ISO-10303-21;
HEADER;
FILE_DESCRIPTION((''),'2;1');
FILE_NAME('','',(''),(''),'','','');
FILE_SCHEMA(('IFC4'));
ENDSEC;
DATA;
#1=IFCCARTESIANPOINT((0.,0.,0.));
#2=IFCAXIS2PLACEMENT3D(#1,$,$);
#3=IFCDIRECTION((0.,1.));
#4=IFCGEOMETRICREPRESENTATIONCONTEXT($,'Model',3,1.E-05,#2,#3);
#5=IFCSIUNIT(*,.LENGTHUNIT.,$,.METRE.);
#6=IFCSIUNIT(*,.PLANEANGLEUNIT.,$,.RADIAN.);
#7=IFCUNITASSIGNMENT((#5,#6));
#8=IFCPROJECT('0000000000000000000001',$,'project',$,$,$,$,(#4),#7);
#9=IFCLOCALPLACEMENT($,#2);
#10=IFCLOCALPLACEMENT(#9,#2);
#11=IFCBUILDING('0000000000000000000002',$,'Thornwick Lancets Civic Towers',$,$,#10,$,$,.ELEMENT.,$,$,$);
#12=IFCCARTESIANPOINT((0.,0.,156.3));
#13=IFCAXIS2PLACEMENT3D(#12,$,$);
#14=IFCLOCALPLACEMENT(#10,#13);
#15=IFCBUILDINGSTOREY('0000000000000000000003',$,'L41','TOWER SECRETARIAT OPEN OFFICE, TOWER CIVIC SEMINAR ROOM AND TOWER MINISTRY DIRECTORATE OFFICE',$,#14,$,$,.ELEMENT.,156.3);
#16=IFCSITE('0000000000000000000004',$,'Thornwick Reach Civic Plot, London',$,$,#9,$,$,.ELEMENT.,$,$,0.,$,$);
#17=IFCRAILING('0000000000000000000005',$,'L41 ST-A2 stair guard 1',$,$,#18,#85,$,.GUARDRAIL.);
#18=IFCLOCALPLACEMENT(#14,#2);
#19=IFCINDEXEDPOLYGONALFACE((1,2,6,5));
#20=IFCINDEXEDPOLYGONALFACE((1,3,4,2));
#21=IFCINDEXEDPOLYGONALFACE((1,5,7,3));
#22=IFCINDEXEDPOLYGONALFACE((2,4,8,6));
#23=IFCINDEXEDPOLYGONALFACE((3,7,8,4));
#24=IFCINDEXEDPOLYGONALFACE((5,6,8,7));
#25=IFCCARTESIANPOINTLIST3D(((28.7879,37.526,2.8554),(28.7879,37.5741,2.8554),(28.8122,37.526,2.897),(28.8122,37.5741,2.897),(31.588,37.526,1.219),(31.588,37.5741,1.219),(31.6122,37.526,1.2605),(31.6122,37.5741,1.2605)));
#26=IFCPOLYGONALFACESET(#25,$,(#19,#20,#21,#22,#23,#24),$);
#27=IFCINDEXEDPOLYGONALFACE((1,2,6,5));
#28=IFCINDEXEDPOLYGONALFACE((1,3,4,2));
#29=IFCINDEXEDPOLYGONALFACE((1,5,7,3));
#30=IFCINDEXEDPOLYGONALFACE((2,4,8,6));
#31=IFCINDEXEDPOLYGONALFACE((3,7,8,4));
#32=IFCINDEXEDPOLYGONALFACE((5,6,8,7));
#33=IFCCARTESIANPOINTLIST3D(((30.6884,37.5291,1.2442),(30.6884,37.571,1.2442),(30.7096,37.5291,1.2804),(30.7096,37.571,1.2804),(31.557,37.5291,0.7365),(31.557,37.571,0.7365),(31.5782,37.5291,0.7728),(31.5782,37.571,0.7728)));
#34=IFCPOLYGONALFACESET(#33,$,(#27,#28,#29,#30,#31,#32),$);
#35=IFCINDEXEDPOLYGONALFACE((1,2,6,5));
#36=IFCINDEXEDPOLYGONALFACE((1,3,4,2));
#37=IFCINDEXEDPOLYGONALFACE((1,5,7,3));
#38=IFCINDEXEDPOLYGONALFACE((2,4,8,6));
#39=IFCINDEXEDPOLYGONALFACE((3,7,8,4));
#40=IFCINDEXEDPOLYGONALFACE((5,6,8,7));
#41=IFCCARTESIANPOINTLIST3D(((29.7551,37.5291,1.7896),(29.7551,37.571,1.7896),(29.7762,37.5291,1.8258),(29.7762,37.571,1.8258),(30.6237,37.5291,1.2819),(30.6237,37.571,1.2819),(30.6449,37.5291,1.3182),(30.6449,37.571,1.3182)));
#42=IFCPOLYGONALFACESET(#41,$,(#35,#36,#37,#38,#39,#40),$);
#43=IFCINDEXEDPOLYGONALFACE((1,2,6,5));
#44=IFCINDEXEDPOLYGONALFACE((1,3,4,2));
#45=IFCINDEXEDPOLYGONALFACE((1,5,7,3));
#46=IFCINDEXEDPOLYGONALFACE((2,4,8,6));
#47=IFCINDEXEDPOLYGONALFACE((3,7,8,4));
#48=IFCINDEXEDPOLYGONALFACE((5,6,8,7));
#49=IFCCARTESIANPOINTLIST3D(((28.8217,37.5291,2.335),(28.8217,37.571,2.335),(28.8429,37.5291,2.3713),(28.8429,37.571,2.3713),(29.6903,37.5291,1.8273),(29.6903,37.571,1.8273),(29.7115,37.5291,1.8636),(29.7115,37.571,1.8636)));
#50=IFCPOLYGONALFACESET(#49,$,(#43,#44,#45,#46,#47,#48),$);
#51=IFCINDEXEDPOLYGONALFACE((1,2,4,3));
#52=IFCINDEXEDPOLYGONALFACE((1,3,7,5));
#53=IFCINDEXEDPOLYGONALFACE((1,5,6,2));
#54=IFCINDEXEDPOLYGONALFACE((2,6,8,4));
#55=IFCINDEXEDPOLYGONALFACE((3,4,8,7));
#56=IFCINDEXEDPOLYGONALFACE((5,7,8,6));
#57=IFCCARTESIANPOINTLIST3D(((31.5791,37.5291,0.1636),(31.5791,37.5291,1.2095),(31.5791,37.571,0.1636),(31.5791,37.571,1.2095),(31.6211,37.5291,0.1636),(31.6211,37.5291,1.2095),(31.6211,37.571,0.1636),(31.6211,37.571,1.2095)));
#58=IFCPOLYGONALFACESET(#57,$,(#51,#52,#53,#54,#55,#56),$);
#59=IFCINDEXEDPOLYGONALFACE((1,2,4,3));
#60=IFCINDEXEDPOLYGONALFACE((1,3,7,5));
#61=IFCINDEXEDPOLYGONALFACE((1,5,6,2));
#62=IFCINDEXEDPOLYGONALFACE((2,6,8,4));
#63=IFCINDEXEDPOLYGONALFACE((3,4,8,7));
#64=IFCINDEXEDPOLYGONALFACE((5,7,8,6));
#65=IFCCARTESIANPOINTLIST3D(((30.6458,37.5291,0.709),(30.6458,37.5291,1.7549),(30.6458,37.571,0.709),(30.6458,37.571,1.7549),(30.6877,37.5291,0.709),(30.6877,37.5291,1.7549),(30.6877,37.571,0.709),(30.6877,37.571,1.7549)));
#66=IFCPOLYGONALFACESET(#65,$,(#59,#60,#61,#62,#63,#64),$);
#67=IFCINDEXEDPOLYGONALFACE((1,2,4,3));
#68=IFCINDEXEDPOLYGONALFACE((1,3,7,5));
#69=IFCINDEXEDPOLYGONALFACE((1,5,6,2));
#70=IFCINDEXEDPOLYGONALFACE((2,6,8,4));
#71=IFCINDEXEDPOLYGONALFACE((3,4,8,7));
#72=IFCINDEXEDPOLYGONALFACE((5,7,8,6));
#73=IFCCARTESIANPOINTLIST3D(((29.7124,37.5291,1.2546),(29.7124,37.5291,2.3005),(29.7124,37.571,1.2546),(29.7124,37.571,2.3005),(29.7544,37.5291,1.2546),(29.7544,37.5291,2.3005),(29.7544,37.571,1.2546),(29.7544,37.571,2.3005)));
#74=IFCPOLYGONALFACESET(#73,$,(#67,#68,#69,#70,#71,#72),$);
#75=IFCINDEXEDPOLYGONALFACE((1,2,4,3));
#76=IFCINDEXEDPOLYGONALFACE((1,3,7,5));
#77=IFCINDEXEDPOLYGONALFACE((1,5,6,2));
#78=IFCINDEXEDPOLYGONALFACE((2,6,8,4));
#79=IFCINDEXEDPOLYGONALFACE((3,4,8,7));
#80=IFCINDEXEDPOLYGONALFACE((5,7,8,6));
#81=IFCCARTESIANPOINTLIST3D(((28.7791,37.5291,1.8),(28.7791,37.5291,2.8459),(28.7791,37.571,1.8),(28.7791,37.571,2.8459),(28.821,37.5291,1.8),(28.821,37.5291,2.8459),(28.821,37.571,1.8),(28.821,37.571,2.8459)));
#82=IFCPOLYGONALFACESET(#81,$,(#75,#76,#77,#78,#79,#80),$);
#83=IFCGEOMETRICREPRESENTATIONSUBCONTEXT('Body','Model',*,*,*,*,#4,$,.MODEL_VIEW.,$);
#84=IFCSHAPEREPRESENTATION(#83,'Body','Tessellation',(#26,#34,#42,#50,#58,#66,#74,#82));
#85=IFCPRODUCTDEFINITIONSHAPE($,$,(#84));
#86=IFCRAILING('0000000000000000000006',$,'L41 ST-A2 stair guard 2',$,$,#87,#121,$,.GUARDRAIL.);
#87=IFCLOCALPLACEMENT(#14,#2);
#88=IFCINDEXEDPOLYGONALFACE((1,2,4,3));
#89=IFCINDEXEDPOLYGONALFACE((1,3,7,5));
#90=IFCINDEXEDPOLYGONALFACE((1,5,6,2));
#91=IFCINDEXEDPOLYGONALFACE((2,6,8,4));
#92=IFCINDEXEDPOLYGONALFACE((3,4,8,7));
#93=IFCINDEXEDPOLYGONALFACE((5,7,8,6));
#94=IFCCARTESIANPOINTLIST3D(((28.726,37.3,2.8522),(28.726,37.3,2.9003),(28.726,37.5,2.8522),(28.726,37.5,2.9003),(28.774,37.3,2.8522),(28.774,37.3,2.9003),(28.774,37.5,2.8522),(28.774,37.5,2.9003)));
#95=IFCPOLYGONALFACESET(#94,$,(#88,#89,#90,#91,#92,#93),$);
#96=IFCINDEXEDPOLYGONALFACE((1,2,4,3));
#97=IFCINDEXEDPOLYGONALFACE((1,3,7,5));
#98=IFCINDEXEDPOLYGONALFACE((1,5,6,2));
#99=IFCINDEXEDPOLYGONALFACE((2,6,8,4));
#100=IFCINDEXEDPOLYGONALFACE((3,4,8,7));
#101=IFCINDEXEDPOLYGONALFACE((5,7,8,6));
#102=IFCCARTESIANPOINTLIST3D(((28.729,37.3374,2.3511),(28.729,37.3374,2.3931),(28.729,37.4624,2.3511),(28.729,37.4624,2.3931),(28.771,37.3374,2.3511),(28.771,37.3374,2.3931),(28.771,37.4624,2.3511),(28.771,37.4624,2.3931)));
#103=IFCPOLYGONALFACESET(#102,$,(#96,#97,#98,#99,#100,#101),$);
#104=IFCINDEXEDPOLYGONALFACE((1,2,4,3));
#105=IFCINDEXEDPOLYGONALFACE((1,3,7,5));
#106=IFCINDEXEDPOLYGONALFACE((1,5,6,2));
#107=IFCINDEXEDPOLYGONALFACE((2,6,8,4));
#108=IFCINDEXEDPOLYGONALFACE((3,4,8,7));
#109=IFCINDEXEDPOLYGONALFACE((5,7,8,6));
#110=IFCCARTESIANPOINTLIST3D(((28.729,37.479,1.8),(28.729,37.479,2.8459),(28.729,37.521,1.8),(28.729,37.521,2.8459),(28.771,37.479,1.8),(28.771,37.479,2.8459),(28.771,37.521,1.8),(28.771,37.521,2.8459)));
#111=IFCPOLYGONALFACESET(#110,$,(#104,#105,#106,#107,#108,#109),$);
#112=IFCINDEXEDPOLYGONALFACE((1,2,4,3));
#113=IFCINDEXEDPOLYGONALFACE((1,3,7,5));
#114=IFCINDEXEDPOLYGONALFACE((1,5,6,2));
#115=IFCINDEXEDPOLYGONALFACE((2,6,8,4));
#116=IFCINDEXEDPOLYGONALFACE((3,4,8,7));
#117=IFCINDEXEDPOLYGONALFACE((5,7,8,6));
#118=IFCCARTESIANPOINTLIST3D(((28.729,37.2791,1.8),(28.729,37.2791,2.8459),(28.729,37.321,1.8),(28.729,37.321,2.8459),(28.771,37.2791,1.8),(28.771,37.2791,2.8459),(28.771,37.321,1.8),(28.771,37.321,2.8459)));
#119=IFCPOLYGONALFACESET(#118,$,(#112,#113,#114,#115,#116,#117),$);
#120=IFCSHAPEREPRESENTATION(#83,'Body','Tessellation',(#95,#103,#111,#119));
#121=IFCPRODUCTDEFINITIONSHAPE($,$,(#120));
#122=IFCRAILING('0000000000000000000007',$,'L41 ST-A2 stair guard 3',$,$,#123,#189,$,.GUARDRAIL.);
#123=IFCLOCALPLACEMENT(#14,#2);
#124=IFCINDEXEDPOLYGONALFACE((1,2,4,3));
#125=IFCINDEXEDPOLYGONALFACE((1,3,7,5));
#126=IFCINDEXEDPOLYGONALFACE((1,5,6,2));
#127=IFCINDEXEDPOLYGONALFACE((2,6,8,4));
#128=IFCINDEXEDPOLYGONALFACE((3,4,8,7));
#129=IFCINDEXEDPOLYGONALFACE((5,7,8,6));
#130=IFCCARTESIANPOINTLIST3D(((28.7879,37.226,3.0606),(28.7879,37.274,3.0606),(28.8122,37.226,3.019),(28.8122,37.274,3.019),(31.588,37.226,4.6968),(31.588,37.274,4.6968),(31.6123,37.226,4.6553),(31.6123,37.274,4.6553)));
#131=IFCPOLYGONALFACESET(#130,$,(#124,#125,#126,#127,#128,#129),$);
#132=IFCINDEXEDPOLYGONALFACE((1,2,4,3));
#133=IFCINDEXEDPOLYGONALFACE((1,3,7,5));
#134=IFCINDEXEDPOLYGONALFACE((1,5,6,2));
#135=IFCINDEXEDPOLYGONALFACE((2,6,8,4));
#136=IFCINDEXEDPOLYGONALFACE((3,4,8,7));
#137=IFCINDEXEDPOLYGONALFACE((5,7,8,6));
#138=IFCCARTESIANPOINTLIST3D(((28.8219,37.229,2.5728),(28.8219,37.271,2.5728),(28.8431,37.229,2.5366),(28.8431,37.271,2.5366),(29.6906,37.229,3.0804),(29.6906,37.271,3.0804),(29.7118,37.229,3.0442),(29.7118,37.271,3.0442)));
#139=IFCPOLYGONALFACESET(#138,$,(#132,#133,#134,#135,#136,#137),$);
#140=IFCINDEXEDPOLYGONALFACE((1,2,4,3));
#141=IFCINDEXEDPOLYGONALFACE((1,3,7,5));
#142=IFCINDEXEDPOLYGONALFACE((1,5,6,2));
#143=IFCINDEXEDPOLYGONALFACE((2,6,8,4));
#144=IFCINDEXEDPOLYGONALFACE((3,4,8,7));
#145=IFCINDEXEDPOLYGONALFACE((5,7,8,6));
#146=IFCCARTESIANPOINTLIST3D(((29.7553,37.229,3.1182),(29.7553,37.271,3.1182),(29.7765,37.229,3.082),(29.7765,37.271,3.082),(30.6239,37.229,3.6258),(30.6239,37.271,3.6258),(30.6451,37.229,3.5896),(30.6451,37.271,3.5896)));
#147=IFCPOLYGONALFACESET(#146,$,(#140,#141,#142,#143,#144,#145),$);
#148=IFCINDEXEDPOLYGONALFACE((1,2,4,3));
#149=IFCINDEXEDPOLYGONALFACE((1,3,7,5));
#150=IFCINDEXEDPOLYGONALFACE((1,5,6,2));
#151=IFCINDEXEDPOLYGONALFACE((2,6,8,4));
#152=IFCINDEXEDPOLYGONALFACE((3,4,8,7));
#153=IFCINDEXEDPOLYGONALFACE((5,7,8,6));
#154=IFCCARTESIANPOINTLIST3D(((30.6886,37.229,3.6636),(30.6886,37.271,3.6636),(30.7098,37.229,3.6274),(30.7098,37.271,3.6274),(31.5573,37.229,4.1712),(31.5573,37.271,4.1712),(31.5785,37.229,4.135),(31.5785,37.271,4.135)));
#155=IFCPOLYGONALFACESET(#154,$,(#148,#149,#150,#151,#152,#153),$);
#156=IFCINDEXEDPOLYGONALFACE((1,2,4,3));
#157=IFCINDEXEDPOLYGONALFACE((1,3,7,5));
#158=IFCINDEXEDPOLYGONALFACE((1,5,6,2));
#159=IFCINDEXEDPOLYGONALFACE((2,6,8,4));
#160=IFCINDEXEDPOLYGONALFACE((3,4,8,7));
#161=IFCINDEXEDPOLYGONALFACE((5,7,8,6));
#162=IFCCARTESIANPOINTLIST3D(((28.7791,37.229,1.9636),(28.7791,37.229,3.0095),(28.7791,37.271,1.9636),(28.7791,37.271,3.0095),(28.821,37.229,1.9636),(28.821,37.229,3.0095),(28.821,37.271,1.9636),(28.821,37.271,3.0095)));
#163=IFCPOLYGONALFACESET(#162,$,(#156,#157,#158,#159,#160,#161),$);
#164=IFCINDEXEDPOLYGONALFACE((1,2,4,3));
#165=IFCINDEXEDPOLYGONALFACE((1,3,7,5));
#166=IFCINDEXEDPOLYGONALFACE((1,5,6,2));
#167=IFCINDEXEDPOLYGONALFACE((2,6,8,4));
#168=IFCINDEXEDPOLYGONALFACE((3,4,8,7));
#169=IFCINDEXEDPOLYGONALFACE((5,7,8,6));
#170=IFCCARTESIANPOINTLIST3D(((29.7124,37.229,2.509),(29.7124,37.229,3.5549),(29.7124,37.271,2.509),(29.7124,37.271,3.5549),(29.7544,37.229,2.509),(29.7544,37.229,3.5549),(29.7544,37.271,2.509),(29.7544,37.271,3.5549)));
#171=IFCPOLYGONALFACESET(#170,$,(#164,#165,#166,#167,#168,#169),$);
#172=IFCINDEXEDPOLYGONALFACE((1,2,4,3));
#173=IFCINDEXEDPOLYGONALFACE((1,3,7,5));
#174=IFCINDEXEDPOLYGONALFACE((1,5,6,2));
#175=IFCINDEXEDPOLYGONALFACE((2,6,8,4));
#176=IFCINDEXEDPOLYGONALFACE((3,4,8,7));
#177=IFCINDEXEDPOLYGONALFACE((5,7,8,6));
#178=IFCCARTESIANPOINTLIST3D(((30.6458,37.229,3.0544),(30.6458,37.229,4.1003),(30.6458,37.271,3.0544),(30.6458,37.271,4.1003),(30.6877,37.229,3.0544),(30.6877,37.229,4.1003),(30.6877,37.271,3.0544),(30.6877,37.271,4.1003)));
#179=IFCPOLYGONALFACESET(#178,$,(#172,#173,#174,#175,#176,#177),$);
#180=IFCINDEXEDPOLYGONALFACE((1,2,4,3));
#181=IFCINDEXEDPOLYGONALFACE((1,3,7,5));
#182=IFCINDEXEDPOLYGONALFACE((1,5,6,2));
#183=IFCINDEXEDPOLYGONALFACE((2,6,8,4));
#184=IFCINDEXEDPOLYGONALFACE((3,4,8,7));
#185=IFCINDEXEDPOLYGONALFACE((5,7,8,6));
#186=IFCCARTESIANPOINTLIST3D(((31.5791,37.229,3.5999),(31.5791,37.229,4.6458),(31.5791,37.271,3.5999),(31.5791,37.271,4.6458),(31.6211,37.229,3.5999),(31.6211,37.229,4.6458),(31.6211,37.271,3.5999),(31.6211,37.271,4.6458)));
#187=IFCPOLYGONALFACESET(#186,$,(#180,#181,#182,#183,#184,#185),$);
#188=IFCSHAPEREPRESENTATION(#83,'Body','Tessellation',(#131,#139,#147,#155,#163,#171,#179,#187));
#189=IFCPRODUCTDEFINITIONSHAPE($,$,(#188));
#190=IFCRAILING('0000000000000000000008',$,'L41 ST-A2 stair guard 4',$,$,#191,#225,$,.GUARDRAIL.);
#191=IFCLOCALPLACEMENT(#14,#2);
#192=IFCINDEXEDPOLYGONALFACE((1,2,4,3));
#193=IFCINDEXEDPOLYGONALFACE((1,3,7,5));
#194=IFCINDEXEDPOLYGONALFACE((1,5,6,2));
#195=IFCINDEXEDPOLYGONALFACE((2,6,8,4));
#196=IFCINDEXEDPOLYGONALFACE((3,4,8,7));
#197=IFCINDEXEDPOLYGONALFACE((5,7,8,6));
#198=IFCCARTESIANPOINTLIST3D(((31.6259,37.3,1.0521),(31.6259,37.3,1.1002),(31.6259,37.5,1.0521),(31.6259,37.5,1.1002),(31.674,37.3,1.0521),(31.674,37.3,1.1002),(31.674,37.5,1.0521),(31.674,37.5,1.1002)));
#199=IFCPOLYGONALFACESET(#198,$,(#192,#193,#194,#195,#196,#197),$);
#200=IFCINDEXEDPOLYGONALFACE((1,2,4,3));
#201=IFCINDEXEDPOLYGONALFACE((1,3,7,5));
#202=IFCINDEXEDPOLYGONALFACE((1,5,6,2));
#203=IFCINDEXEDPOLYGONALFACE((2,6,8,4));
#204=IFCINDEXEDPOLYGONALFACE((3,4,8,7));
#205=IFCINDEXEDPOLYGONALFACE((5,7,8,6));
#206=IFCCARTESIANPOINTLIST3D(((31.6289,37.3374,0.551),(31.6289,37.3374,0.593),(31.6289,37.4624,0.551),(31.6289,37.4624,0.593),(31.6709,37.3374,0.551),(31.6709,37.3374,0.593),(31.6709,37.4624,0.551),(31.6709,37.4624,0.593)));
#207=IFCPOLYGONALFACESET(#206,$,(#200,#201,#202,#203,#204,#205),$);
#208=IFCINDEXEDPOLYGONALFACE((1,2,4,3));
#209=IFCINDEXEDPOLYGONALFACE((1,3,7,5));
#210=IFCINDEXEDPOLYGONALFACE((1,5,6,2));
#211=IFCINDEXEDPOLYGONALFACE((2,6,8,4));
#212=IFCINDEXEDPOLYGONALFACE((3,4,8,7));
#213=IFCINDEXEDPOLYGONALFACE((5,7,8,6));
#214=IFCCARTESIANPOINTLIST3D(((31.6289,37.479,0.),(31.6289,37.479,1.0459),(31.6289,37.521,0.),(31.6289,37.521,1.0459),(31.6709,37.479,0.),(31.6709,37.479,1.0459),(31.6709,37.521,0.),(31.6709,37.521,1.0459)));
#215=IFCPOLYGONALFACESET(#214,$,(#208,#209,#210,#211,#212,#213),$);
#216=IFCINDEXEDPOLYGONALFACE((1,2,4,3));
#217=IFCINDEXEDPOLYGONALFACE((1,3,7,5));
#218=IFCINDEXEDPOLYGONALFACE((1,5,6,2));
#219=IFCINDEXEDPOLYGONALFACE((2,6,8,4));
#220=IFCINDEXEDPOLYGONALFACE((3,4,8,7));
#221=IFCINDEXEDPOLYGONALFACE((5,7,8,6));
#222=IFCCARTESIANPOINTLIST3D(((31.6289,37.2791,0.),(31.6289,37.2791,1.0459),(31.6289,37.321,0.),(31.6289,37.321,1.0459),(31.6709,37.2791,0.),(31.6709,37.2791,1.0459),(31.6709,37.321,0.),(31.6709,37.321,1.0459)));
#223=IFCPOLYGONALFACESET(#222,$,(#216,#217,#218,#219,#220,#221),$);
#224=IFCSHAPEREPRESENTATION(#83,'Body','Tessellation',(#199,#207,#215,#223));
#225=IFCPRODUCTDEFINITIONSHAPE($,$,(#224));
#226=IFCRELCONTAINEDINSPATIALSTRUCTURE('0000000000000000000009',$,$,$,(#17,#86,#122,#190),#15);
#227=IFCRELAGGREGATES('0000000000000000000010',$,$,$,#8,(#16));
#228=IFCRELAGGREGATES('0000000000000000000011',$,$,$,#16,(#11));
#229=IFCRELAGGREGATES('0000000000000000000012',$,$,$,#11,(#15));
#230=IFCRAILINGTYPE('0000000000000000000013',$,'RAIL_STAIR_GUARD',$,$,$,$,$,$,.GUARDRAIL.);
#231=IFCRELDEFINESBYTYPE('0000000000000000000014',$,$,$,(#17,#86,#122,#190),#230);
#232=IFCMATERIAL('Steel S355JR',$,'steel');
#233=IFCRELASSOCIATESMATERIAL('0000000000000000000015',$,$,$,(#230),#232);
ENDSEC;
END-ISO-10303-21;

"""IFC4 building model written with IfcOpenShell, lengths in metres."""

from ifc_helpers import new_model, si_unit, direction, frame, origin, origin_2d, place, context, subcontext, project, spatial, rectangle, extrude, material, type_object, element, save


model = new_model("IFC4")

# Units and contexts
model_context = context("Model", 3, precision=1e-05, world=origin(), true_north=direction((0.0, 1.0)))
body_context = subcontext(model_context, "Body", "Model", "MODEL_VIEW")
ifc_project = project(units=[si_unit("LENGTHUNIT", "METRE"), si_unit("PLANEANGLEUNIT", "RADIAN")], contexts=[model_context])

# Site, building, storey
site_placement = place(None, origin())
site = spatial("IfcSite", under=ifc_project, at=site_placement, Name="Thornwick Reach Civic Plot, London", CompositionType="ELEMENT", RefElevation=0.0)
building_placement = place(site_placement, origin())
building = spatial("IfcBuilding", under=site, at=building_placement, Name="Thornwick Lancets Civic Towers", CompositionType="ELEMENT")
storey_placement = place(building_placement, frame((0.0, 0.0, 156.3)))
storey = spatial("IfcBuildingStorey", under=building, at=storey_placement, Name="L41", Description="TOWER SECRETARIAT OPEN OFFICE, TOWER CIVIC SEMINAR ROOM AND TOWER MINISTRY DIRECTORATE OFFICE", CompositionType="ELEMENT", Elevation=156.3)

# Shared definitions
ifc_material_1 = material(Name="Steel S355JR", Category="steel")

# Railings
railing_type_1 = type_object("IfcRailingType", Name="RAIL_STAIR_GUARD", PredefinedType="GUARDRAIL", material=ifc_material_1)
railing_1_placement = place(storey_placement, frame((31.6001, 37.55, 0.1636)))
element("IfcRailing", 1, at=railing_1_placement, inside=storey, type_object=railing_type_1, Name="L41 ST-A2 stair guard 1", PredefinedType="GUARDRAIL", context=body_context, shape_type="SweptSolid", body=[
    extrude(rectangle(XDim=0.0481, YDim=0.0481, at=origin_2d()), frame((0.0, 0.0, 1.0762), z_axis=(-0.863361, 0.0, 0.504587), x_axis=(0.0, -1.0, 0.0)), (0.0, 0.0, 1.0), 3.2432),
    extrude(rectangle(XDim=0.042, YDim=0.042, at=origin_2d()), frame((-0.0325, 0.0, 0.5911), z_axis=(-0.863361, 0.0, 0.504587), x_axis=(0.0, -1.0, 0.0)), (0.0, 0.0, 1.0), 1.0061),
    extrude(rectangle(XDim=0.042, YDim=0.042, at=origin_2d()), frame((-0.9658, 0.0, 1.1365), z_axis=(-0.863361, 0.0, 0.504587), x_axis=(0.0, -1.0, 0.0)), (0.0, 0.0, 1.0), 1.0061),
    extrude(rectangle(XDim=0.042, YDim=0.042, at=origin_2d()), frame((-1.8992, 0.0, 1.6819), z_axis=(-0.863361, 0.0, 0.504587), x_axis=(0.0, -1.0, 0.0)), (0.0, 0.0, 1.0), 1.0061),
    extrude(rectangle(XDim=0.042, YDim=0.042, at=origin_2d()), origin(), (0.0, 0.0, 1.0), 1.0459),
    extrude(rectangle(XDim=0.042, YDim=0.042, at=origin_2d()), frame((-0.9333, 0.0, 0.5454)), (0.0, 0.0, 1.0), 1.0459),
    extrude(rectangle(XDim=0.042, YDim=0.042, at=origin_2d()), frame((-1.8667, 0.0, 1.0911)), (0.0, 0.0, 1.0), 1.0459),
    extrude(rectangle(XDim=0.042, YDim=0.042, at=origin_2d()), frame((-2.8, 0.0, 1.6365)), (0.0, 0.0, 1.0), 1.0459),
])
railing_2_placement = place(storey_placement, frame((28.75, 37.5, 1.8)))
element("IfcRailing", 2, at=railing_2_placement, inside=storey, type_object=railing_type_1, Name="L41 ST-A2 stair guard 2", PredefinedType="GUARDRAIL", context=body_context, shape_type="SweptSolid", body=[
    extrude(rectangle(XDim=0.0481, YDim=0.0481, at=origin_2d()), frame((0.0, 0.0, 1.0762), z_axis=(0.0, -1.0, 0.0), x_axis=(1.0, 0.0, 0.0)), (0.0, 0.0, 1.0), 0.2),
    extrude(rectangle(XDim=0.042, YDim=0.042, at=origin_2d()), frame((0.0, -0.0376, 0.572), z_axis=(0.0, -1.0, 0.0), x_axis=(1.0, 0.0, 0.0)), (0.0, 0.0, 1.0), 0.125),
    extrude(rectangle(XDim=0.042, YDim=0.042, at=origin_2d()), origin(), (0.0, 0.0, 1.0), 1.0459),
    extrude(rectangle(XDim=0.042, YDim=0.042, at=origin_2d()), frame((0.0, -0.2, 0.0)), (0.0, 0.0, 1.0), 1.0459),
])
railing_3_placement = place(storey_placement, frame((28.8, 37.25, 1.9636)))
element("IfcRailing", 3, at=railing_3_placement, inside=storey, type_object=railing_type_1, Name="L41 ST-A2 stair guard 3", PredefinedType="GUARDRAIL", context=body_context, shape_type="SweptSolid", body=[
    extrude(rectangle(XDim=0.0481, YDim=0.0481, at=origin_2d()), frame((0.0, 0.0, 1.0762), z_axis=(0.863394, 0.0, 0.504531), x_axis=(0.0, 1.0, 0.0)), (0.0, 0.0, 1.0), 3.2432),
    extrude(rectangle(XDim=0.042, YDim=0.042, at=origin_2d()), frame((0.0325, 0.0, 0.5911), z_axis=(0.863394, 0.0, 0.504531), x_axis=(0.0, 1.0, 0.0)), (0.0, 0.0, 1.0), 1.0061),
    extrude(rectangle(XDim=0.042, YDim=0.042, at=origin_2d()), frame((0.9658, 0.0, 1.1365), z_axis=(0.863394, 0.0, 0.504531), x_axis=(0.0, 1.0, 0.0)), (0.0, 0.0, 1.0), 1.0061),
    extrude(rectangle(XDim=0.042, YDim=0.042, at=origin_2d()), frame((1.8992, 0.0, 1.6819), z_axis=(0.863394, 0.0, 0.504531), x_axis=(0.0, 1.0, 0.0)), (0.0, 0.0, 1.0), 1.0061),
    extrude(rectangle(XDim=0.042, YDim=0.042, at=origin_2d()), origin(), (0.0, 0.0, 1.0), 1.0459),
    extrude(rectangle(XDim=0.042, YDim=0.042, at=origin_2d()), frame((0.9333, 0.0, 0.5454)), (0.0, 0.0, 1.0), 1.0459),
    extrude(rectangle(XDim=0.042, YDim=0.042, at=origin_2d()), frame((1.8667, 0.0, 1.0908)), (0.0, 0.0, 1.0), 1.0459),
    extrude(rectangle(XDim=0.042, YDim=0.042, at=origin_2d()), frame((2.8, 0.0, 1.6362)), (0.0, 0.0, 1.0), 1.0459),
])
railing_4_placement = place(storey_placement, frame((31.6499, 37.5, 0.0)))
element("IfcRailing", 4, at=railing_4_placement, inside=storey, type_object=railing_type_1, Name="L41 ST-A2 stair guard 4", PredefinedType="GUARDRAIL", context=body_context, shape_type="SweptSolid", body=[
    extrude(rectangle(XDim=0.0481, YDim=0.0481, at=origin_2d()), frame((0.0, 0.0, 1.0762), z_axis=(0.0, -1.0, 0.0), x_axis=(1.0, 0.0, 0.0)), (0.0, 0.0, 1.0), 0.2),
    extrude(rectangle(XDim=0.042, YDim=0.042, at=origin_2d()), frame((0.0, -0.0376, 0.572), z_axis=(0.0, -1.0, 0.0), x_axis=(1.0, 0.0, 0.0)), (0.0, 0.0, 1.0), 0.125),
    extrude(rectangle(XDim=0.042, YDim=0.042, at=origin_2d()), origin(), (0.0, 0.0, 1.0), 1.0459),
    extrude(rectangle(XDim=0.042, YDim=0.042, at=origin_2d()), frame((0.0, -0.2, 0.0)), (0.0, 0.0, 1.0), 1.0459),
])

save(model, "model.ifc")
